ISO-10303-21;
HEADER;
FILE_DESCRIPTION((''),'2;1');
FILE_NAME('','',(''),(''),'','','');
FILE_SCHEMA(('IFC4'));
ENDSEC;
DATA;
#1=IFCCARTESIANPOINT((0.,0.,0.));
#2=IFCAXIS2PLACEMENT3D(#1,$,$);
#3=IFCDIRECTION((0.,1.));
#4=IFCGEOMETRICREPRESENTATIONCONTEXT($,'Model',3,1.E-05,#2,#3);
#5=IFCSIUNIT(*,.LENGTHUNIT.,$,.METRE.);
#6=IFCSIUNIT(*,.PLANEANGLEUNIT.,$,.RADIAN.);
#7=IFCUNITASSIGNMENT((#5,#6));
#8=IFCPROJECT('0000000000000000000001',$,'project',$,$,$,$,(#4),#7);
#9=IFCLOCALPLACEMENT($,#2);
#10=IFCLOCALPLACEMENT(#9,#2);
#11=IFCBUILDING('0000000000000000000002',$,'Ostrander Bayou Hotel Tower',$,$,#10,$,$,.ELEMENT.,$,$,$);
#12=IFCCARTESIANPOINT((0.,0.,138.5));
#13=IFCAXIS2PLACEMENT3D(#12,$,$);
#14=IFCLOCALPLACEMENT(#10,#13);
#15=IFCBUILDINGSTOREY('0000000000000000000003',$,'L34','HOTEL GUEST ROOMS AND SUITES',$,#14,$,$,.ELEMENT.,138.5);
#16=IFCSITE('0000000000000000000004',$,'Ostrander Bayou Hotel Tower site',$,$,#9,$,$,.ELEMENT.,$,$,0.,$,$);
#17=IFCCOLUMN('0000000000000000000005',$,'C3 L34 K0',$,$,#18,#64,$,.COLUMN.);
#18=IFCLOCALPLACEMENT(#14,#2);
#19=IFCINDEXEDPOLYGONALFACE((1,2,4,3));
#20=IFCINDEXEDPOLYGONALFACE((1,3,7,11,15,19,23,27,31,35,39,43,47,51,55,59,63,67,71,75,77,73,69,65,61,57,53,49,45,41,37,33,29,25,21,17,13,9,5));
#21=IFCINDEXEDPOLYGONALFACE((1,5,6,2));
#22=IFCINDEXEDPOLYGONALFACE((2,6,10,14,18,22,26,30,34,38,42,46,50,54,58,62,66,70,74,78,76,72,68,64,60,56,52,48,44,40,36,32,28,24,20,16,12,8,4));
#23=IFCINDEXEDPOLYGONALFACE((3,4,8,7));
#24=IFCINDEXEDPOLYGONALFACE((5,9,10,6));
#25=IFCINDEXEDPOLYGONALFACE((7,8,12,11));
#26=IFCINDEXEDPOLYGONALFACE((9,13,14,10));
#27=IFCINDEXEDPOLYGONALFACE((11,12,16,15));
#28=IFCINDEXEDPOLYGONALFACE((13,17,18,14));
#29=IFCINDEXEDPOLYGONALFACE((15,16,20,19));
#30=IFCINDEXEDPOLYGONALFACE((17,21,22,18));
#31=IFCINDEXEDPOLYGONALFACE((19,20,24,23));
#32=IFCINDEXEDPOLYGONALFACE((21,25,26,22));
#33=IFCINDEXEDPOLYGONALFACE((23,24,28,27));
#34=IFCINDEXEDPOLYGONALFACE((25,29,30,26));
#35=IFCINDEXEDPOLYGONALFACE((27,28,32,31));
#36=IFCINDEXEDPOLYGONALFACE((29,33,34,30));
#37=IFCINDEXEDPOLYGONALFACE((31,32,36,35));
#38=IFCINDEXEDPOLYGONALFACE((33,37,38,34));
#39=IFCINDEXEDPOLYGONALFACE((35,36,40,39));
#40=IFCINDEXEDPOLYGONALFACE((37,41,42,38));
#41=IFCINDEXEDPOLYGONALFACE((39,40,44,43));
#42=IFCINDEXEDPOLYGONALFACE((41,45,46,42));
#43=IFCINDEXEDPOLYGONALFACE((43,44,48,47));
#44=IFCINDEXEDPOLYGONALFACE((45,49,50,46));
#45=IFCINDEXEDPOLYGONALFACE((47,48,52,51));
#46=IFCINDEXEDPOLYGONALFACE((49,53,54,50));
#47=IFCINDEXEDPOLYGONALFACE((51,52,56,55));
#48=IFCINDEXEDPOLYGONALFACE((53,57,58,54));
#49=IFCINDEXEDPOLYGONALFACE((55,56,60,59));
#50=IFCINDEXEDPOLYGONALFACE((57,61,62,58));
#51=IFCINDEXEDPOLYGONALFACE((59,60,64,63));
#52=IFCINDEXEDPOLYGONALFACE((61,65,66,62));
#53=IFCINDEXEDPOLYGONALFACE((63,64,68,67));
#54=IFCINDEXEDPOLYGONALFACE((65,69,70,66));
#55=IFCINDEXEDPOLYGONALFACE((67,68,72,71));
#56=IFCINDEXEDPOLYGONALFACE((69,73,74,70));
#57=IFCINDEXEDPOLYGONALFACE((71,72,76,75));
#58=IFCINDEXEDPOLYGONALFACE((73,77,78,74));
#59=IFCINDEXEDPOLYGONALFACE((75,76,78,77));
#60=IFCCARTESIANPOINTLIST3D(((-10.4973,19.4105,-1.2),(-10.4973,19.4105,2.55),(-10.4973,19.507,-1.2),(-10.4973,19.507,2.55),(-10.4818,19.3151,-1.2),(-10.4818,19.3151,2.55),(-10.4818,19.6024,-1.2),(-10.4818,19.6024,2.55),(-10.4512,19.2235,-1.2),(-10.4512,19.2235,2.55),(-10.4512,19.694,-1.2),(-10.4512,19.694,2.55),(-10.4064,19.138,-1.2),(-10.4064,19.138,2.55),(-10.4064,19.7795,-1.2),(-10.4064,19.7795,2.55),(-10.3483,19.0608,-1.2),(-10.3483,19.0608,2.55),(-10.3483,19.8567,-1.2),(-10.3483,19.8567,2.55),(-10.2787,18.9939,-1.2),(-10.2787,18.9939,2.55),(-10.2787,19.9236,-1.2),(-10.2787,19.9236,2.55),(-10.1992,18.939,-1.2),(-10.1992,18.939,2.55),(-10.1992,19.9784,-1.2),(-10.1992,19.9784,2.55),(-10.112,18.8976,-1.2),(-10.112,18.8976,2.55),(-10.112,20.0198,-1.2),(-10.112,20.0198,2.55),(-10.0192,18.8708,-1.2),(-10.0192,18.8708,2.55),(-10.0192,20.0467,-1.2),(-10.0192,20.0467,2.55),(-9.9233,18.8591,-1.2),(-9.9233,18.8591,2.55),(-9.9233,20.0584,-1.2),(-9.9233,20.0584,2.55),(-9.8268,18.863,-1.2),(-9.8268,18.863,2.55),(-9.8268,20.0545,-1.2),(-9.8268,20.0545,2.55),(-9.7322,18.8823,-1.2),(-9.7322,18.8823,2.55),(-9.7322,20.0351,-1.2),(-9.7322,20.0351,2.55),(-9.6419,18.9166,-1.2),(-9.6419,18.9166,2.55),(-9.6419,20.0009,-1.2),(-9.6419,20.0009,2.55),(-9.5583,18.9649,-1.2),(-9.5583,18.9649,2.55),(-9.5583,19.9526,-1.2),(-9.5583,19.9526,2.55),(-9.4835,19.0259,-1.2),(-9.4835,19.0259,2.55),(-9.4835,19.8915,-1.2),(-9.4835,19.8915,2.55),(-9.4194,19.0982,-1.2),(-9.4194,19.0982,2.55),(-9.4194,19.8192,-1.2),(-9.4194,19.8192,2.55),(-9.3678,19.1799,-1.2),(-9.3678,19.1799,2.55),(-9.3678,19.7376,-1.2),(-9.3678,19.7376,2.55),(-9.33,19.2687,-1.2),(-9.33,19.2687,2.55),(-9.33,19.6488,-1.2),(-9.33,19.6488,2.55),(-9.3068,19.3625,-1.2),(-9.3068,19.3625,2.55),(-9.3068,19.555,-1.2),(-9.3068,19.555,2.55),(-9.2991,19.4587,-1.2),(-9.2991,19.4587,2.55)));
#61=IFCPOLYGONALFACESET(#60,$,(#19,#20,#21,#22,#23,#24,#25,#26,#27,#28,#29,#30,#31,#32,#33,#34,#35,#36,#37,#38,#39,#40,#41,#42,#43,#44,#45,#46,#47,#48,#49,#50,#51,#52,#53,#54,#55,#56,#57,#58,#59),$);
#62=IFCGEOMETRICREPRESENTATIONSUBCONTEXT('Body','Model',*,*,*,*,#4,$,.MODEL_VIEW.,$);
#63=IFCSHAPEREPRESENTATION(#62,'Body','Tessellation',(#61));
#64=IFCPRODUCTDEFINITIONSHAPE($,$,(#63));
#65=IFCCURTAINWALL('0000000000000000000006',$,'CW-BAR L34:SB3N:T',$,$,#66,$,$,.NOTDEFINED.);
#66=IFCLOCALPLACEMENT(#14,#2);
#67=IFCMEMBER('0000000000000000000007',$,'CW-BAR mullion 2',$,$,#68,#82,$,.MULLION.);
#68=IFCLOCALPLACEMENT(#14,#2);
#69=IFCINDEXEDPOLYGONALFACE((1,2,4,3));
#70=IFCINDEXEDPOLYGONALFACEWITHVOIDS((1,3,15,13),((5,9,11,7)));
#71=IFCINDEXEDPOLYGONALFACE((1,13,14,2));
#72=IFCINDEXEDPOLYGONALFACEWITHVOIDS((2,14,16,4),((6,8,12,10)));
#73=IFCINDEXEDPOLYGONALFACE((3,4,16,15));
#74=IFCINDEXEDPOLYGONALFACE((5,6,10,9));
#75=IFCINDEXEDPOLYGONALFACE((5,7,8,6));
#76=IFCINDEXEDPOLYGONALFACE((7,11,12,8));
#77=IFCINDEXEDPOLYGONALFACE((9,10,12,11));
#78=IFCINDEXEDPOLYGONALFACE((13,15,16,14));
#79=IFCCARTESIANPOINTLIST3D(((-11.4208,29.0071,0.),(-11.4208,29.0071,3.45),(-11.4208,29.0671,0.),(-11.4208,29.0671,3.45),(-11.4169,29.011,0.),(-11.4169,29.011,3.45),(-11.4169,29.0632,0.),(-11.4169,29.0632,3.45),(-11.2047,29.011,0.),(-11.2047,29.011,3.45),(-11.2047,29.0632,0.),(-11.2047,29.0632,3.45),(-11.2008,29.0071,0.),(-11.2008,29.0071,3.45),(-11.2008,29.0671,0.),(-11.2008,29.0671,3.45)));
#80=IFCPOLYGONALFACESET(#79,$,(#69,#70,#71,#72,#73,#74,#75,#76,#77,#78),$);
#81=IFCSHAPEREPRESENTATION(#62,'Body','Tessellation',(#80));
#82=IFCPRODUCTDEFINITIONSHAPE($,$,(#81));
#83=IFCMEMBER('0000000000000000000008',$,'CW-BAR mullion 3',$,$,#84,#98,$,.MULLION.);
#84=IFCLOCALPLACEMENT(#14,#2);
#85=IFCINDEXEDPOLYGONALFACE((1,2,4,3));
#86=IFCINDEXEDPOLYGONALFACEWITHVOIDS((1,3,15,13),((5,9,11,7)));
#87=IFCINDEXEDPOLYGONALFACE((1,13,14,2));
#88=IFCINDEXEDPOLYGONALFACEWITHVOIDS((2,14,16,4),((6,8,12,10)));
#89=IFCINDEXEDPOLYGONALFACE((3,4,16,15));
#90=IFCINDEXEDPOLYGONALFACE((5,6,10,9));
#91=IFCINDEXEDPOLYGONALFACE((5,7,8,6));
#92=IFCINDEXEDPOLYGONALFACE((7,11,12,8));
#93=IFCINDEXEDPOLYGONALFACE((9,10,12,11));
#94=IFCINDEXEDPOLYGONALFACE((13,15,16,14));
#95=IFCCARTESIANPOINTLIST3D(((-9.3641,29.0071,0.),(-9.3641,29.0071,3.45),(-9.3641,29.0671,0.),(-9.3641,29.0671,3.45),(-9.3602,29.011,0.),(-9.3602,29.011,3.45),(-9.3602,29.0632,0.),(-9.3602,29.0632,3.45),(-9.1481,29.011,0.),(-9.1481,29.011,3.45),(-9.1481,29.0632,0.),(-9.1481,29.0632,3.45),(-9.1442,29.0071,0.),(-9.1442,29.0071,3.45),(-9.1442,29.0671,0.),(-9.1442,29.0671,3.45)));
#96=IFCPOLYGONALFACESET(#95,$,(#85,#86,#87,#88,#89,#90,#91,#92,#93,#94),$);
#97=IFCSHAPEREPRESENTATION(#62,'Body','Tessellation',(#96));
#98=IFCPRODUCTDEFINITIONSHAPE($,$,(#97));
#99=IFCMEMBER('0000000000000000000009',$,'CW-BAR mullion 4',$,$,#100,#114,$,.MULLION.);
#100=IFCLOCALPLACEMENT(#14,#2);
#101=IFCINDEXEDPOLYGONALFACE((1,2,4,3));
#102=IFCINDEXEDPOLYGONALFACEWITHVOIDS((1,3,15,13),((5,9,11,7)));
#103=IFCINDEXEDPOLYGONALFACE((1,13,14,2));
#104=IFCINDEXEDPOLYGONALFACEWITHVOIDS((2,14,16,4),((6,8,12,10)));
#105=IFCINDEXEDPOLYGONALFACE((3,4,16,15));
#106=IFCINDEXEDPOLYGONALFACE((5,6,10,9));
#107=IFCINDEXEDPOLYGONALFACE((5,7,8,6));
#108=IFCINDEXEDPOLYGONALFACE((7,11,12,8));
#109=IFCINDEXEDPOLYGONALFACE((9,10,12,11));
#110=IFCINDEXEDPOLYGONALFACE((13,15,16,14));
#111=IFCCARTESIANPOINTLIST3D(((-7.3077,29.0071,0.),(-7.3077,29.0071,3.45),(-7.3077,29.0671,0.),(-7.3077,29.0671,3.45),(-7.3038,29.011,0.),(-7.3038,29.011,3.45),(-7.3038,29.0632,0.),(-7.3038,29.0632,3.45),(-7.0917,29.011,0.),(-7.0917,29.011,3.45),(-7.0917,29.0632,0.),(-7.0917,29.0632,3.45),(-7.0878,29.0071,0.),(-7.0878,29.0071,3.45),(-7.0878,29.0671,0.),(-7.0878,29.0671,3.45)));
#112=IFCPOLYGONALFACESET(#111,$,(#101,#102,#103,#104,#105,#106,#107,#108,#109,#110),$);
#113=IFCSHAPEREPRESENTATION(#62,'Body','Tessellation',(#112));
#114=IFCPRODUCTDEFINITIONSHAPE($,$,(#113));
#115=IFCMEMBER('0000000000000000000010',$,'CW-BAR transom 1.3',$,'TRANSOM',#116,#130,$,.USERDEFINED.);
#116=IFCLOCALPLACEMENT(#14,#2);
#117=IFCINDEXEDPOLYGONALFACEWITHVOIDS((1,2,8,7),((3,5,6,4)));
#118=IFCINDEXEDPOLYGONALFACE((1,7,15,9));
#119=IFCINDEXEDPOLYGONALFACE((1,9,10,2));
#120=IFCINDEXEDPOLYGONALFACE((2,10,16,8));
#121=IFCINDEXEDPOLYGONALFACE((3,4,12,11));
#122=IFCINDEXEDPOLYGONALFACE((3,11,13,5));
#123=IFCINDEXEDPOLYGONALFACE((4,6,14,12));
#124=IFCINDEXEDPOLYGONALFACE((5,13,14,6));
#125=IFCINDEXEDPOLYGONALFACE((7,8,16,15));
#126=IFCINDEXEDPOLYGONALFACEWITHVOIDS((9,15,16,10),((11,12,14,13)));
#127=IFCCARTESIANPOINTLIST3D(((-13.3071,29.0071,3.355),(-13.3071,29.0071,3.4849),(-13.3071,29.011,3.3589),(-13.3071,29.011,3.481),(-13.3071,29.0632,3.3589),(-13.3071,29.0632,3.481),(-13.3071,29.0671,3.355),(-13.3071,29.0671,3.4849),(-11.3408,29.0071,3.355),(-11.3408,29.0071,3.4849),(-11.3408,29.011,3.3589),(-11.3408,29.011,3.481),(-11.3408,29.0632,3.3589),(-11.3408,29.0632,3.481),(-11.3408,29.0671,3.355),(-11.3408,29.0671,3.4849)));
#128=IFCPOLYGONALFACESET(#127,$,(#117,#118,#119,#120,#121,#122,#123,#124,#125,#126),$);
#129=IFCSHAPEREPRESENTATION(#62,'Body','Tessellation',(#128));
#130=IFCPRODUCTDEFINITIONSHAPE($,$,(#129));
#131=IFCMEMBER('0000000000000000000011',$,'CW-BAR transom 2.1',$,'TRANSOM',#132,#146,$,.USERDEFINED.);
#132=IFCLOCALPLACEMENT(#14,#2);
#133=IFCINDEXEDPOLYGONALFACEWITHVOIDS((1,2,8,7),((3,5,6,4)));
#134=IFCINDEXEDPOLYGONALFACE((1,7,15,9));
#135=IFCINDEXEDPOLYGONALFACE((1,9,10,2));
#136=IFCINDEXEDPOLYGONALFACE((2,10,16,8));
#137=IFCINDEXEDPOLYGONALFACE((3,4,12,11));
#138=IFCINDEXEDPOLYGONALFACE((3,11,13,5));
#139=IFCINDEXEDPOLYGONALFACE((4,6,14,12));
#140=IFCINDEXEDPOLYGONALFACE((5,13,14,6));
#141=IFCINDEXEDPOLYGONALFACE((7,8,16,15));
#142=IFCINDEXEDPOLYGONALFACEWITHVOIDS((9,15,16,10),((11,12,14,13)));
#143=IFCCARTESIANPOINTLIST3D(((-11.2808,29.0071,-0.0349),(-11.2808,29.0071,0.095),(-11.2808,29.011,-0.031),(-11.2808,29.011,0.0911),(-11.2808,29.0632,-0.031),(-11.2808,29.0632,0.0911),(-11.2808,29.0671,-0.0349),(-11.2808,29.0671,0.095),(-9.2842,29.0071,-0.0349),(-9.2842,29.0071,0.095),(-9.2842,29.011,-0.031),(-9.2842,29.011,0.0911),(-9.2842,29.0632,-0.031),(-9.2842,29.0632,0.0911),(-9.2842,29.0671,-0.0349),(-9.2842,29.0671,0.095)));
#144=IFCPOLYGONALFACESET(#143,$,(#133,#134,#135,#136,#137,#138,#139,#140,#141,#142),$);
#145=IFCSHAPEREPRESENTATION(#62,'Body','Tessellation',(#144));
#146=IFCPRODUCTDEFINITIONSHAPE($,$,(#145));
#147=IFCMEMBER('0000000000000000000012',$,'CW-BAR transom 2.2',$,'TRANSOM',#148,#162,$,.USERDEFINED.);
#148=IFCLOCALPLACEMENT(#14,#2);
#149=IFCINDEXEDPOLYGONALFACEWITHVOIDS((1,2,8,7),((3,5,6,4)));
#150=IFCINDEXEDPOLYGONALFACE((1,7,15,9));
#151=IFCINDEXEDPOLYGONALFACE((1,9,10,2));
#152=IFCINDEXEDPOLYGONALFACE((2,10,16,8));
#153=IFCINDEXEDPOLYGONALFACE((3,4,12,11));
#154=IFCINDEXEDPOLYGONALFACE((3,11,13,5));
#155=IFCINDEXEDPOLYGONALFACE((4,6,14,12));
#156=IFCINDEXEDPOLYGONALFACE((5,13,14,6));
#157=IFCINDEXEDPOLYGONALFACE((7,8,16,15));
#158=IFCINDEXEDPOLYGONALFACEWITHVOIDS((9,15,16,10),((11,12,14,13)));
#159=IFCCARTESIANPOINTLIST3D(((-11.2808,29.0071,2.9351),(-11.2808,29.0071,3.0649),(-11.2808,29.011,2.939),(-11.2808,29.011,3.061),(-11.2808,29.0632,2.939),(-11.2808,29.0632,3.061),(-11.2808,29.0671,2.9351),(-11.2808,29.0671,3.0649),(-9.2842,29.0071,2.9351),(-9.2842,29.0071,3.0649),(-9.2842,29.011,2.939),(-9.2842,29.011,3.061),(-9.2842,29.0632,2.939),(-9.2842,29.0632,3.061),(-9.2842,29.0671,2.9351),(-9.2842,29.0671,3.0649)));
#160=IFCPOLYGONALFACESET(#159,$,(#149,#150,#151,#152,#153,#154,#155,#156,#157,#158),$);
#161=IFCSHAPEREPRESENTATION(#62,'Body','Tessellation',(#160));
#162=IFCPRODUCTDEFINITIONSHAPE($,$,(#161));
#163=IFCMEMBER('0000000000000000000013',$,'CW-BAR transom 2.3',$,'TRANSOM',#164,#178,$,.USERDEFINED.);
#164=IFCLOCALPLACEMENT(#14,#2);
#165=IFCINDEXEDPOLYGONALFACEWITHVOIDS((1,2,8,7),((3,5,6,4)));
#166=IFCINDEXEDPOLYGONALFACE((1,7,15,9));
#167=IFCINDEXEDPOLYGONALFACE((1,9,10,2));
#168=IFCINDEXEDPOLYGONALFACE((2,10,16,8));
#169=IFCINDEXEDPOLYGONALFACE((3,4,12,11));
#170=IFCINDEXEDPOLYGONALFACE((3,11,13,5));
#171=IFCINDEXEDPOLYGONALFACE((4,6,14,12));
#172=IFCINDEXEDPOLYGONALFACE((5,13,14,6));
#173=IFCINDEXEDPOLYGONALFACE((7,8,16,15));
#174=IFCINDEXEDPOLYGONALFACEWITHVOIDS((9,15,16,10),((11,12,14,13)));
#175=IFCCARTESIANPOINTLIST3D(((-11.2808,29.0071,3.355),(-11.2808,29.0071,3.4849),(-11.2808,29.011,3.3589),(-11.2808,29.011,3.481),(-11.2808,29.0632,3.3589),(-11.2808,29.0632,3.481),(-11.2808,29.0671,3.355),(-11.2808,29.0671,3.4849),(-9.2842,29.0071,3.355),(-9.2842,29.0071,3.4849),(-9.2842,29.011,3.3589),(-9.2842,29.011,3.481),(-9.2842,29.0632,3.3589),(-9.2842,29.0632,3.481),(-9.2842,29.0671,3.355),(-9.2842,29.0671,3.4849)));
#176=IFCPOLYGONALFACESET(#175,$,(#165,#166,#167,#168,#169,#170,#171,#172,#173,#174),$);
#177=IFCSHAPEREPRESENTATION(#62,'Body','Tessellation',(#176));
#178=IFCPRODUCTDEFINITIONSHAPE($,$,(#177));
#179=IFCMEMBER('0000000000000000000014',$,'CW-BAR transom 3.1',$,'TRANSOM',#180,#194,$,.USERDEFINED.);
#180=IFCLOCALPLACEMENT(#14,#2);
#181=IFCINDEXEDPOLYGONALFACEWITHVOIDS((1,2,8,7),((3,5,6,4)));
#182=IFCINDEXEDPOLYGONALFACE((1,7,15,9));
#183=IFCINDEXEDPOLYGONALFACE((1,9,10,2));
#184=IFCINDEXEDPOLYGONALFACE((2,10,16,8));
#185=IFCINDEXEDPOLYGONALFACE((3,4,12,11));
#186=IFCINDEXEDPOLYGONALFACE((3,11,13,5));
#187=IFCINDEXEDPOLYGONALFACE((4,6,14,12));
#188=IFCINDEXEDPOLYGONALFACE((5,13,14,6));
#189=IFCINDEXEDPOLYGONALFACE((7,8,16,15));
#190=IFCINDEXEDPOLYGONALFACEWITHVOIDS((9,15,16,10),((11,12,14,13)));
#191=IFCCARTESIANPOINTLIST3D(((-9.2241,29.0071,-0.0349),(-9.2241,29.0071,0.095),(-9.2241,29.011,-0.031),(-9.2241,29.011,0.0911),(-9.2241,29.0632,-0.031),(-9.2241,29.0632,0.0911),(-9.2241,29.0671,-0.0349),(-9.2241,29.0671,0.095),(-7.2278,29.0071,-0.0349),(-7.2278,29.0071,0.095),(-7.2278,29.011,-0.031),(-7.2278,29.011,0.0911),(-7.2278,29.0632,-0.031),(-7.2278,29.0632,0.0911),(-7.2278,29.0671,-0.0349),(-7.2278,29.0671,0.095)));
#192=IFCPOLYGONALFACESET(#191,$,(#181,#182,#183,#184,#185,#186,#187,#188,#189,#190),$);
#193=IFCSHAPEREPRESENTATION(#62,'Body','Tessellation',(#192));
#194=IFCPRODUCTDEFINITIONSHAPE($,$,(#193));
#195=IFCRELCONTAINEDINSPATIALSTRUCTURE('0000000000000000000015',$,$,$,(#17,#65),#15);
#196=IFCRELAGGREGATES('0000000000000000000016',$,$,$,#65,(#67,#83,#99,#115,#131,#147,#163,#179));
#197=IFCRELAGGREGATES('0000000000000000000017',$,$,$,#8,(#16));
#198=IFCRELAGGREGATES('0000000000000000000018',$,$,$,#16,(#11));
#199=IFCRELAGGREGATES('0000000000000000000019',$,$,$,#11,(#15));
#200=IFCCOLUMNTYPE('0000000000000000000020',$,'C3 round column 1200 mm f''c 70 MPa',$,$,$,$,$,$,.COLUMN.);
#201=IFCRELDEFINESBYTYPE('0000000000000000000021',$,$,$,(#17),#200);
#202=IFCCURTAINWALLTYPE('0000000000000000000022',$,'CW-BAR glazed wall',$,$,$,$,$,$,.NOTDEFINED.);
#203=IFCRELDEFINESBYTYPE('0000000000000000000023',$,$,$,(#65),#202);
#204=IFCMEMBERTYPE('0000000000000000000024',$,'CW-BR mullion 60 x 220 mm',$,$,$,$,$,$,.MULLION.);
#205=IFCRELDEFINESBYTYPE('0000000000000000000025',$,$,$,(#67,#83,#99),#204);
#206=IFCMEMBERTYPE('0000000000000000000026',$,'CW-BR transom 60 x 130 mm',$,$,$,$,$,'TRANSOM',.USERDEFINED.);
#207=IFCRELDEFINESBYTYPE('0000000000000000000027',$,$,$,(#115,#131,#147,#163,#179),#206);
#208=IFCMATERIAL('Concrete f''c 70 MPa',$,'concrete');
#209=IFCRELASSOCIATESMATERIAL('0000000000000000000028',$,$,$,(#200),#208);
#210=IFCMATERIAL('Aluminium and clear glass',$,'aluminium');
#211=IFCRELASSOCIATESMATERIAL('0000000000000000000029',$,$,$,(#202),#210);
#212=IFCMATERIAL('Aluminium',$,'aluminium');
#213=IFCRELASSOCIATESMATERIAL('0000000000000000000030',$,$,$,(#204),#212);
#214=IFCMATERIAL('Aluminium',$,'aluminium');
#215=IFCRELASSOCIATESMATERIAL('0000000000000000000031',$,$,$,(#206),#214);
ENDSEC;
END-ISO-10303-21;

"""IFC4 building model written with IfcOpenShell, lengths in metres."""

from ifc_helpers import new_model, si_unit, direction, frame, origin, origin_2d, place, context, subcontext, project, spatial, hollow_rectangle, circle, extrude, material, material_profile, profile_set, type_object, element, aggregate, save


model = new_model("IFC4")

# Units and contexts
model_context = context("Model", 3, precision=1e-05, world=origin(), true_north=direction((0.0, 1.0)))
body_context = subcontext(model_context, "Body", "Model", "MODEL_VIEW")
ifc_project = project(units=[si_unit("LENGTHUNIT", "METRE"), si_unit("PLANEANGLEUNIT", "RADIAN")], contexts=[model_context])

# Site, building, storey
site_placement = place(None, origin())
site = spatial("IfcSite", under=ifc_project, at=site_placement, Name="Ostrander Bayou Hotel Tower site", CompositionType="ELEMENT", RefElevation=0.0)
building_placement = place(site_placement, origin())
building = spatial("IfcBuilding", under=site, at=building_placement, Name="Ostrander Bayou Hotel Tower", CompositionType="ELEMENT")
storey_placement = place(building_placement, frame((0.0, 0.0, 138.5)))
storey = spatial("IfcBuildingStorey", under=building, at=storey_placement, Name="L34", Description="HOTEL GUEST ROOMS AND SUITES", CompositionType="ELEMENT", Elevation=138.5)

# Column
ifc_material_1 = material(Name="Concrete f'c 70 MPa", Category="concrete")
ifc_material_profile_1 = material_profile(ifc_material_1, circle(Radius=0.6001, at=origin_2d()))
ifc_profile_set_1 = profile_set([ifc_material_profile_1], Name="Concrete f'c 70 MPa")
column_type = type_object("IfcColumnType", Name="C3 round column 1200 mm f'c 70 MPa", PredefinedType="COLUMN", material=ifc_profile_set_1)
column_placement = place(storey_placement, frame((-9.8992, 19.4587, -1.2), z_axis=(0.0, 0.0, 1.0), x_axis=(1.0, 0.0, 0.0)))
element("IfcColumn", 1, at=column_placement, inside=storey, type_object=column_type, Name="C3 L34 K0", PredefinedType="COLUMN", context=body_context, shape_type="SweptSolid", body=[
    extrude(circle(Radius=0.6001, at=origin_2d()), origin(), (0.0, 0.0, 1.0), 3.75),
])

# Curtain wall, members
ifc_material_2 = material(Name="Aluminium and clear glass", Category="aluminium")
curtain_wall_type = type_object("IfcCurtainWallType", Name="CW-BAR glazed wall", PredefinedType="NOTDEFINED", material=ifc_material_2)
curtain_wall_placement = place(storey_placement, origin())
curtain_wall = element("IfcCurtainWall", 2, at=curtain_wall_placement, inside=storey, type_object=curtain_wall_type, Name="CW-BAR L34:SB3N:T", PredefinedType="NOTDEFINED")
ifc_material_3 = material(Name="Aluminium", Category="aluminium")
ifc_material_profile_2 = material_profile(ifc_material_3, hollow_rectangle(XDim=0.0601, YDim=0.22, WallThickness=0.0039, at=origin_2d()))
ifc_profile_set_2 = profile_set([ifc_material_profile_2], Name="Aluminium")
member_type_1 = type_object("IfcMemberType", Name="CW-BR mullion 60 x 220 mm", PredefinedType="MULLION", material=ifc_profile_set_2)
member_1_placement = place(storey_placement, frame((-11.3108, 29.0371, 0.0), z_axis=(0.0, 0.0, 1.0), x_axis=(0.0, 1.0, 0.0)))
member_1 = element("IfcMember", 3, at=member_1_placement, type_object=member_type_1, Name="CW-BAR mullion 2", PredefinedType="MULLION", context=body_context, shape_type="SweptSolid", body=[
    extrude(hollow_rectangle(XDim=0.0601, YDim=0.22, WallThickness=0.0039, at=origin_2d()), origin(), (0.0, 0.0, 1.0), 3.45),
])
member_2_placement = place(storey_placement, frame((-9.2542, 29.0371, 0.0), z_axis=(0.0, 0.0, 1.0), x_axis=(0.0, 1.0, 0.0)))
member_2 = element("IfcMember", 4, at=member_2_placement, type_object=member_type_1, Name="CW-BAR mullion 3", PredefinedType="MULLION", context=body_context, shape_type="SweptSolid", body=[
    extrude(hollow_rectangle(XDim=0.0601, YDim=0.22, WallThickness=0.0039, at=origin_2d()), origin(), (0.0, 0.0, 1.0), 3.45),
])
member_3_placement = place(storey_placement, frame((-7.1978, 29.0371, 0.0), z_axis=(0.0, 0.0, 1.0), x_axis=(0.0, 1.0, 0.0)))
member_3 = element("IfcMember", 5, at=member_3_placement, type_object=member_type_1, Name="CW-BAR mullion 4", PredefinedType="MULLION", context=body_context, shape_type="SweptSolid", body=[
    extrude(hollow_rectangle(XDim=0.0601, YDim=0.22, WallThickness=0.0039, at=origin_2d()), origin(), (0.0, 0.0, 1.0), 3.45),
])
ifc_material_4 = material(Name="Aluminium", Category="aluminium")
ifc_material_profile_3 = material_profile(ifc_material_4, hollow_rectangle(XDim=0.0601, YDim=0.1299, WallThickness=0.0039, at=origin_2d()))
ifc_profile_set_3 = profile_set([ifc_material_profile_3], Name="Aluminium")
member_type_2 = type_object("IfcMemberType", Name="CW-BR transom 60 x 130 mm", ElementType="TRANSOM", PredefinedType="USERDEFINED", material=ifc_profile_set_3)
member_4_placement = place(storey_placement, frame((-13.3071, 29.0371, 3.4199), z_axis=(1.0, 0.0, 0.0), x_axis=(0.0, 1.0, 0.0)))
member_4 = element("IfcMember", 6, at=member_4_placement, type_object=member_type_2, Name="CW-BAR transom 1.3", ObjectType="TRANSOM", PredefinedType="USERDEFINED", context=body_context, shape_type="SweptSolid", body=[
    extrude(hollow_rectangle(XDim=0.0601, YDim=0.1299, WallThickness=0.0039, at=origin_2d()), origin(), (0.0, 0.0, 1.0), 1.9663),
])
member_5_placement = place(storey_placement, frame((-11.2808, 29.0371, 0.03), z_axis=(1.0, 0.0, 0.0), x_axis=(0.0, 1.0, 0.0)))
member_5 = element("IfcMember", 7, at=member_5_placement, type_object=member_type_2, Name="CW-BAR transom 2.1", ObjectType="TRANSOM", PredefinedType="USERDEFINED", context=body_context, shape_type="SweptSolid", body=[
    extrude(hollow_rectangle(XDim=0.0601, YDim=0.1299, WallThickness=0.0039, at=origin_2d()), origin(), (0.0, 0.0, 1.0), 1.9966),
])
member_6_placement = place(storey_placement, frame((-11.2808, 29.0371, 3.0), z_axis=(1.0, 0.0, 0.0), x_axis=(0.0, 1.0, 0.0)))
member_6 = element("IfcMember", 8, at=member_6_placement, type_object=member_type_2, Name="CW-BAR transom 2.2", ObjectType="TRANSOM", PredefinedType="USERDEFINED", context=body_context, shape_type="SweptSolid", body=[
    extrude(hollow_rectangle(XDim=0.0601, YDim=0.1299, WallThickness=0.0039, at=origin_2d()), origin(), (0.0, 0.0, 1.0), 1.9966),
])
member_7_placement = place(storey_placement, frame((-11.2808, 29.0371, 3.4199), z_axis=(1.0, 0.0, 0.0), x_axis=(0.0, 1.0, 0.0)))
member_7 = element("IfcMember", 9, at=member_7_placement, type_object=member_type_2, Name="CW-BAR transom 2.3", ObjectType="TRANSOM", PredefinedType="USERDEFINED", context=body_context, shape_type="SweptSolid", body=[
    extrude(hollow_rectangle(XDim=0.0601, YDim=0.1299, WallThickness=0.0039, at=origin_2d()), origin(), (0.0, 0.0, 1.0), 1.9966),
])
member_8_placement = place(storey_placement, frame((-9.2241, 29.0371, 0.03), z_axis=(1.0, 0.0, 0.0), x_axis=(0.0, 1.0, 0.0)))
member_8 = element("IfcMember", 10, at=member_8_placement, type_object=member_type_2, Name="CW-BAR transom 3.1", ObjectType="TRANSOM", PredefinedType="USERDEFINED", context=body_context, shape_type="SweptSolid", body=[
    extrude(hollow_rectangle(XDim=0.0601, YDim=0.1299, WallThickness=0.0039, at=origin_2d()), origin(), (0.0, 0.0, 1.0), 1.9963),
])

aggregate(curtain_wall, [member_1, member_2, member_3, member_4, member_5, member_6, member_7, member_8])

save(model, "model.ifc")
